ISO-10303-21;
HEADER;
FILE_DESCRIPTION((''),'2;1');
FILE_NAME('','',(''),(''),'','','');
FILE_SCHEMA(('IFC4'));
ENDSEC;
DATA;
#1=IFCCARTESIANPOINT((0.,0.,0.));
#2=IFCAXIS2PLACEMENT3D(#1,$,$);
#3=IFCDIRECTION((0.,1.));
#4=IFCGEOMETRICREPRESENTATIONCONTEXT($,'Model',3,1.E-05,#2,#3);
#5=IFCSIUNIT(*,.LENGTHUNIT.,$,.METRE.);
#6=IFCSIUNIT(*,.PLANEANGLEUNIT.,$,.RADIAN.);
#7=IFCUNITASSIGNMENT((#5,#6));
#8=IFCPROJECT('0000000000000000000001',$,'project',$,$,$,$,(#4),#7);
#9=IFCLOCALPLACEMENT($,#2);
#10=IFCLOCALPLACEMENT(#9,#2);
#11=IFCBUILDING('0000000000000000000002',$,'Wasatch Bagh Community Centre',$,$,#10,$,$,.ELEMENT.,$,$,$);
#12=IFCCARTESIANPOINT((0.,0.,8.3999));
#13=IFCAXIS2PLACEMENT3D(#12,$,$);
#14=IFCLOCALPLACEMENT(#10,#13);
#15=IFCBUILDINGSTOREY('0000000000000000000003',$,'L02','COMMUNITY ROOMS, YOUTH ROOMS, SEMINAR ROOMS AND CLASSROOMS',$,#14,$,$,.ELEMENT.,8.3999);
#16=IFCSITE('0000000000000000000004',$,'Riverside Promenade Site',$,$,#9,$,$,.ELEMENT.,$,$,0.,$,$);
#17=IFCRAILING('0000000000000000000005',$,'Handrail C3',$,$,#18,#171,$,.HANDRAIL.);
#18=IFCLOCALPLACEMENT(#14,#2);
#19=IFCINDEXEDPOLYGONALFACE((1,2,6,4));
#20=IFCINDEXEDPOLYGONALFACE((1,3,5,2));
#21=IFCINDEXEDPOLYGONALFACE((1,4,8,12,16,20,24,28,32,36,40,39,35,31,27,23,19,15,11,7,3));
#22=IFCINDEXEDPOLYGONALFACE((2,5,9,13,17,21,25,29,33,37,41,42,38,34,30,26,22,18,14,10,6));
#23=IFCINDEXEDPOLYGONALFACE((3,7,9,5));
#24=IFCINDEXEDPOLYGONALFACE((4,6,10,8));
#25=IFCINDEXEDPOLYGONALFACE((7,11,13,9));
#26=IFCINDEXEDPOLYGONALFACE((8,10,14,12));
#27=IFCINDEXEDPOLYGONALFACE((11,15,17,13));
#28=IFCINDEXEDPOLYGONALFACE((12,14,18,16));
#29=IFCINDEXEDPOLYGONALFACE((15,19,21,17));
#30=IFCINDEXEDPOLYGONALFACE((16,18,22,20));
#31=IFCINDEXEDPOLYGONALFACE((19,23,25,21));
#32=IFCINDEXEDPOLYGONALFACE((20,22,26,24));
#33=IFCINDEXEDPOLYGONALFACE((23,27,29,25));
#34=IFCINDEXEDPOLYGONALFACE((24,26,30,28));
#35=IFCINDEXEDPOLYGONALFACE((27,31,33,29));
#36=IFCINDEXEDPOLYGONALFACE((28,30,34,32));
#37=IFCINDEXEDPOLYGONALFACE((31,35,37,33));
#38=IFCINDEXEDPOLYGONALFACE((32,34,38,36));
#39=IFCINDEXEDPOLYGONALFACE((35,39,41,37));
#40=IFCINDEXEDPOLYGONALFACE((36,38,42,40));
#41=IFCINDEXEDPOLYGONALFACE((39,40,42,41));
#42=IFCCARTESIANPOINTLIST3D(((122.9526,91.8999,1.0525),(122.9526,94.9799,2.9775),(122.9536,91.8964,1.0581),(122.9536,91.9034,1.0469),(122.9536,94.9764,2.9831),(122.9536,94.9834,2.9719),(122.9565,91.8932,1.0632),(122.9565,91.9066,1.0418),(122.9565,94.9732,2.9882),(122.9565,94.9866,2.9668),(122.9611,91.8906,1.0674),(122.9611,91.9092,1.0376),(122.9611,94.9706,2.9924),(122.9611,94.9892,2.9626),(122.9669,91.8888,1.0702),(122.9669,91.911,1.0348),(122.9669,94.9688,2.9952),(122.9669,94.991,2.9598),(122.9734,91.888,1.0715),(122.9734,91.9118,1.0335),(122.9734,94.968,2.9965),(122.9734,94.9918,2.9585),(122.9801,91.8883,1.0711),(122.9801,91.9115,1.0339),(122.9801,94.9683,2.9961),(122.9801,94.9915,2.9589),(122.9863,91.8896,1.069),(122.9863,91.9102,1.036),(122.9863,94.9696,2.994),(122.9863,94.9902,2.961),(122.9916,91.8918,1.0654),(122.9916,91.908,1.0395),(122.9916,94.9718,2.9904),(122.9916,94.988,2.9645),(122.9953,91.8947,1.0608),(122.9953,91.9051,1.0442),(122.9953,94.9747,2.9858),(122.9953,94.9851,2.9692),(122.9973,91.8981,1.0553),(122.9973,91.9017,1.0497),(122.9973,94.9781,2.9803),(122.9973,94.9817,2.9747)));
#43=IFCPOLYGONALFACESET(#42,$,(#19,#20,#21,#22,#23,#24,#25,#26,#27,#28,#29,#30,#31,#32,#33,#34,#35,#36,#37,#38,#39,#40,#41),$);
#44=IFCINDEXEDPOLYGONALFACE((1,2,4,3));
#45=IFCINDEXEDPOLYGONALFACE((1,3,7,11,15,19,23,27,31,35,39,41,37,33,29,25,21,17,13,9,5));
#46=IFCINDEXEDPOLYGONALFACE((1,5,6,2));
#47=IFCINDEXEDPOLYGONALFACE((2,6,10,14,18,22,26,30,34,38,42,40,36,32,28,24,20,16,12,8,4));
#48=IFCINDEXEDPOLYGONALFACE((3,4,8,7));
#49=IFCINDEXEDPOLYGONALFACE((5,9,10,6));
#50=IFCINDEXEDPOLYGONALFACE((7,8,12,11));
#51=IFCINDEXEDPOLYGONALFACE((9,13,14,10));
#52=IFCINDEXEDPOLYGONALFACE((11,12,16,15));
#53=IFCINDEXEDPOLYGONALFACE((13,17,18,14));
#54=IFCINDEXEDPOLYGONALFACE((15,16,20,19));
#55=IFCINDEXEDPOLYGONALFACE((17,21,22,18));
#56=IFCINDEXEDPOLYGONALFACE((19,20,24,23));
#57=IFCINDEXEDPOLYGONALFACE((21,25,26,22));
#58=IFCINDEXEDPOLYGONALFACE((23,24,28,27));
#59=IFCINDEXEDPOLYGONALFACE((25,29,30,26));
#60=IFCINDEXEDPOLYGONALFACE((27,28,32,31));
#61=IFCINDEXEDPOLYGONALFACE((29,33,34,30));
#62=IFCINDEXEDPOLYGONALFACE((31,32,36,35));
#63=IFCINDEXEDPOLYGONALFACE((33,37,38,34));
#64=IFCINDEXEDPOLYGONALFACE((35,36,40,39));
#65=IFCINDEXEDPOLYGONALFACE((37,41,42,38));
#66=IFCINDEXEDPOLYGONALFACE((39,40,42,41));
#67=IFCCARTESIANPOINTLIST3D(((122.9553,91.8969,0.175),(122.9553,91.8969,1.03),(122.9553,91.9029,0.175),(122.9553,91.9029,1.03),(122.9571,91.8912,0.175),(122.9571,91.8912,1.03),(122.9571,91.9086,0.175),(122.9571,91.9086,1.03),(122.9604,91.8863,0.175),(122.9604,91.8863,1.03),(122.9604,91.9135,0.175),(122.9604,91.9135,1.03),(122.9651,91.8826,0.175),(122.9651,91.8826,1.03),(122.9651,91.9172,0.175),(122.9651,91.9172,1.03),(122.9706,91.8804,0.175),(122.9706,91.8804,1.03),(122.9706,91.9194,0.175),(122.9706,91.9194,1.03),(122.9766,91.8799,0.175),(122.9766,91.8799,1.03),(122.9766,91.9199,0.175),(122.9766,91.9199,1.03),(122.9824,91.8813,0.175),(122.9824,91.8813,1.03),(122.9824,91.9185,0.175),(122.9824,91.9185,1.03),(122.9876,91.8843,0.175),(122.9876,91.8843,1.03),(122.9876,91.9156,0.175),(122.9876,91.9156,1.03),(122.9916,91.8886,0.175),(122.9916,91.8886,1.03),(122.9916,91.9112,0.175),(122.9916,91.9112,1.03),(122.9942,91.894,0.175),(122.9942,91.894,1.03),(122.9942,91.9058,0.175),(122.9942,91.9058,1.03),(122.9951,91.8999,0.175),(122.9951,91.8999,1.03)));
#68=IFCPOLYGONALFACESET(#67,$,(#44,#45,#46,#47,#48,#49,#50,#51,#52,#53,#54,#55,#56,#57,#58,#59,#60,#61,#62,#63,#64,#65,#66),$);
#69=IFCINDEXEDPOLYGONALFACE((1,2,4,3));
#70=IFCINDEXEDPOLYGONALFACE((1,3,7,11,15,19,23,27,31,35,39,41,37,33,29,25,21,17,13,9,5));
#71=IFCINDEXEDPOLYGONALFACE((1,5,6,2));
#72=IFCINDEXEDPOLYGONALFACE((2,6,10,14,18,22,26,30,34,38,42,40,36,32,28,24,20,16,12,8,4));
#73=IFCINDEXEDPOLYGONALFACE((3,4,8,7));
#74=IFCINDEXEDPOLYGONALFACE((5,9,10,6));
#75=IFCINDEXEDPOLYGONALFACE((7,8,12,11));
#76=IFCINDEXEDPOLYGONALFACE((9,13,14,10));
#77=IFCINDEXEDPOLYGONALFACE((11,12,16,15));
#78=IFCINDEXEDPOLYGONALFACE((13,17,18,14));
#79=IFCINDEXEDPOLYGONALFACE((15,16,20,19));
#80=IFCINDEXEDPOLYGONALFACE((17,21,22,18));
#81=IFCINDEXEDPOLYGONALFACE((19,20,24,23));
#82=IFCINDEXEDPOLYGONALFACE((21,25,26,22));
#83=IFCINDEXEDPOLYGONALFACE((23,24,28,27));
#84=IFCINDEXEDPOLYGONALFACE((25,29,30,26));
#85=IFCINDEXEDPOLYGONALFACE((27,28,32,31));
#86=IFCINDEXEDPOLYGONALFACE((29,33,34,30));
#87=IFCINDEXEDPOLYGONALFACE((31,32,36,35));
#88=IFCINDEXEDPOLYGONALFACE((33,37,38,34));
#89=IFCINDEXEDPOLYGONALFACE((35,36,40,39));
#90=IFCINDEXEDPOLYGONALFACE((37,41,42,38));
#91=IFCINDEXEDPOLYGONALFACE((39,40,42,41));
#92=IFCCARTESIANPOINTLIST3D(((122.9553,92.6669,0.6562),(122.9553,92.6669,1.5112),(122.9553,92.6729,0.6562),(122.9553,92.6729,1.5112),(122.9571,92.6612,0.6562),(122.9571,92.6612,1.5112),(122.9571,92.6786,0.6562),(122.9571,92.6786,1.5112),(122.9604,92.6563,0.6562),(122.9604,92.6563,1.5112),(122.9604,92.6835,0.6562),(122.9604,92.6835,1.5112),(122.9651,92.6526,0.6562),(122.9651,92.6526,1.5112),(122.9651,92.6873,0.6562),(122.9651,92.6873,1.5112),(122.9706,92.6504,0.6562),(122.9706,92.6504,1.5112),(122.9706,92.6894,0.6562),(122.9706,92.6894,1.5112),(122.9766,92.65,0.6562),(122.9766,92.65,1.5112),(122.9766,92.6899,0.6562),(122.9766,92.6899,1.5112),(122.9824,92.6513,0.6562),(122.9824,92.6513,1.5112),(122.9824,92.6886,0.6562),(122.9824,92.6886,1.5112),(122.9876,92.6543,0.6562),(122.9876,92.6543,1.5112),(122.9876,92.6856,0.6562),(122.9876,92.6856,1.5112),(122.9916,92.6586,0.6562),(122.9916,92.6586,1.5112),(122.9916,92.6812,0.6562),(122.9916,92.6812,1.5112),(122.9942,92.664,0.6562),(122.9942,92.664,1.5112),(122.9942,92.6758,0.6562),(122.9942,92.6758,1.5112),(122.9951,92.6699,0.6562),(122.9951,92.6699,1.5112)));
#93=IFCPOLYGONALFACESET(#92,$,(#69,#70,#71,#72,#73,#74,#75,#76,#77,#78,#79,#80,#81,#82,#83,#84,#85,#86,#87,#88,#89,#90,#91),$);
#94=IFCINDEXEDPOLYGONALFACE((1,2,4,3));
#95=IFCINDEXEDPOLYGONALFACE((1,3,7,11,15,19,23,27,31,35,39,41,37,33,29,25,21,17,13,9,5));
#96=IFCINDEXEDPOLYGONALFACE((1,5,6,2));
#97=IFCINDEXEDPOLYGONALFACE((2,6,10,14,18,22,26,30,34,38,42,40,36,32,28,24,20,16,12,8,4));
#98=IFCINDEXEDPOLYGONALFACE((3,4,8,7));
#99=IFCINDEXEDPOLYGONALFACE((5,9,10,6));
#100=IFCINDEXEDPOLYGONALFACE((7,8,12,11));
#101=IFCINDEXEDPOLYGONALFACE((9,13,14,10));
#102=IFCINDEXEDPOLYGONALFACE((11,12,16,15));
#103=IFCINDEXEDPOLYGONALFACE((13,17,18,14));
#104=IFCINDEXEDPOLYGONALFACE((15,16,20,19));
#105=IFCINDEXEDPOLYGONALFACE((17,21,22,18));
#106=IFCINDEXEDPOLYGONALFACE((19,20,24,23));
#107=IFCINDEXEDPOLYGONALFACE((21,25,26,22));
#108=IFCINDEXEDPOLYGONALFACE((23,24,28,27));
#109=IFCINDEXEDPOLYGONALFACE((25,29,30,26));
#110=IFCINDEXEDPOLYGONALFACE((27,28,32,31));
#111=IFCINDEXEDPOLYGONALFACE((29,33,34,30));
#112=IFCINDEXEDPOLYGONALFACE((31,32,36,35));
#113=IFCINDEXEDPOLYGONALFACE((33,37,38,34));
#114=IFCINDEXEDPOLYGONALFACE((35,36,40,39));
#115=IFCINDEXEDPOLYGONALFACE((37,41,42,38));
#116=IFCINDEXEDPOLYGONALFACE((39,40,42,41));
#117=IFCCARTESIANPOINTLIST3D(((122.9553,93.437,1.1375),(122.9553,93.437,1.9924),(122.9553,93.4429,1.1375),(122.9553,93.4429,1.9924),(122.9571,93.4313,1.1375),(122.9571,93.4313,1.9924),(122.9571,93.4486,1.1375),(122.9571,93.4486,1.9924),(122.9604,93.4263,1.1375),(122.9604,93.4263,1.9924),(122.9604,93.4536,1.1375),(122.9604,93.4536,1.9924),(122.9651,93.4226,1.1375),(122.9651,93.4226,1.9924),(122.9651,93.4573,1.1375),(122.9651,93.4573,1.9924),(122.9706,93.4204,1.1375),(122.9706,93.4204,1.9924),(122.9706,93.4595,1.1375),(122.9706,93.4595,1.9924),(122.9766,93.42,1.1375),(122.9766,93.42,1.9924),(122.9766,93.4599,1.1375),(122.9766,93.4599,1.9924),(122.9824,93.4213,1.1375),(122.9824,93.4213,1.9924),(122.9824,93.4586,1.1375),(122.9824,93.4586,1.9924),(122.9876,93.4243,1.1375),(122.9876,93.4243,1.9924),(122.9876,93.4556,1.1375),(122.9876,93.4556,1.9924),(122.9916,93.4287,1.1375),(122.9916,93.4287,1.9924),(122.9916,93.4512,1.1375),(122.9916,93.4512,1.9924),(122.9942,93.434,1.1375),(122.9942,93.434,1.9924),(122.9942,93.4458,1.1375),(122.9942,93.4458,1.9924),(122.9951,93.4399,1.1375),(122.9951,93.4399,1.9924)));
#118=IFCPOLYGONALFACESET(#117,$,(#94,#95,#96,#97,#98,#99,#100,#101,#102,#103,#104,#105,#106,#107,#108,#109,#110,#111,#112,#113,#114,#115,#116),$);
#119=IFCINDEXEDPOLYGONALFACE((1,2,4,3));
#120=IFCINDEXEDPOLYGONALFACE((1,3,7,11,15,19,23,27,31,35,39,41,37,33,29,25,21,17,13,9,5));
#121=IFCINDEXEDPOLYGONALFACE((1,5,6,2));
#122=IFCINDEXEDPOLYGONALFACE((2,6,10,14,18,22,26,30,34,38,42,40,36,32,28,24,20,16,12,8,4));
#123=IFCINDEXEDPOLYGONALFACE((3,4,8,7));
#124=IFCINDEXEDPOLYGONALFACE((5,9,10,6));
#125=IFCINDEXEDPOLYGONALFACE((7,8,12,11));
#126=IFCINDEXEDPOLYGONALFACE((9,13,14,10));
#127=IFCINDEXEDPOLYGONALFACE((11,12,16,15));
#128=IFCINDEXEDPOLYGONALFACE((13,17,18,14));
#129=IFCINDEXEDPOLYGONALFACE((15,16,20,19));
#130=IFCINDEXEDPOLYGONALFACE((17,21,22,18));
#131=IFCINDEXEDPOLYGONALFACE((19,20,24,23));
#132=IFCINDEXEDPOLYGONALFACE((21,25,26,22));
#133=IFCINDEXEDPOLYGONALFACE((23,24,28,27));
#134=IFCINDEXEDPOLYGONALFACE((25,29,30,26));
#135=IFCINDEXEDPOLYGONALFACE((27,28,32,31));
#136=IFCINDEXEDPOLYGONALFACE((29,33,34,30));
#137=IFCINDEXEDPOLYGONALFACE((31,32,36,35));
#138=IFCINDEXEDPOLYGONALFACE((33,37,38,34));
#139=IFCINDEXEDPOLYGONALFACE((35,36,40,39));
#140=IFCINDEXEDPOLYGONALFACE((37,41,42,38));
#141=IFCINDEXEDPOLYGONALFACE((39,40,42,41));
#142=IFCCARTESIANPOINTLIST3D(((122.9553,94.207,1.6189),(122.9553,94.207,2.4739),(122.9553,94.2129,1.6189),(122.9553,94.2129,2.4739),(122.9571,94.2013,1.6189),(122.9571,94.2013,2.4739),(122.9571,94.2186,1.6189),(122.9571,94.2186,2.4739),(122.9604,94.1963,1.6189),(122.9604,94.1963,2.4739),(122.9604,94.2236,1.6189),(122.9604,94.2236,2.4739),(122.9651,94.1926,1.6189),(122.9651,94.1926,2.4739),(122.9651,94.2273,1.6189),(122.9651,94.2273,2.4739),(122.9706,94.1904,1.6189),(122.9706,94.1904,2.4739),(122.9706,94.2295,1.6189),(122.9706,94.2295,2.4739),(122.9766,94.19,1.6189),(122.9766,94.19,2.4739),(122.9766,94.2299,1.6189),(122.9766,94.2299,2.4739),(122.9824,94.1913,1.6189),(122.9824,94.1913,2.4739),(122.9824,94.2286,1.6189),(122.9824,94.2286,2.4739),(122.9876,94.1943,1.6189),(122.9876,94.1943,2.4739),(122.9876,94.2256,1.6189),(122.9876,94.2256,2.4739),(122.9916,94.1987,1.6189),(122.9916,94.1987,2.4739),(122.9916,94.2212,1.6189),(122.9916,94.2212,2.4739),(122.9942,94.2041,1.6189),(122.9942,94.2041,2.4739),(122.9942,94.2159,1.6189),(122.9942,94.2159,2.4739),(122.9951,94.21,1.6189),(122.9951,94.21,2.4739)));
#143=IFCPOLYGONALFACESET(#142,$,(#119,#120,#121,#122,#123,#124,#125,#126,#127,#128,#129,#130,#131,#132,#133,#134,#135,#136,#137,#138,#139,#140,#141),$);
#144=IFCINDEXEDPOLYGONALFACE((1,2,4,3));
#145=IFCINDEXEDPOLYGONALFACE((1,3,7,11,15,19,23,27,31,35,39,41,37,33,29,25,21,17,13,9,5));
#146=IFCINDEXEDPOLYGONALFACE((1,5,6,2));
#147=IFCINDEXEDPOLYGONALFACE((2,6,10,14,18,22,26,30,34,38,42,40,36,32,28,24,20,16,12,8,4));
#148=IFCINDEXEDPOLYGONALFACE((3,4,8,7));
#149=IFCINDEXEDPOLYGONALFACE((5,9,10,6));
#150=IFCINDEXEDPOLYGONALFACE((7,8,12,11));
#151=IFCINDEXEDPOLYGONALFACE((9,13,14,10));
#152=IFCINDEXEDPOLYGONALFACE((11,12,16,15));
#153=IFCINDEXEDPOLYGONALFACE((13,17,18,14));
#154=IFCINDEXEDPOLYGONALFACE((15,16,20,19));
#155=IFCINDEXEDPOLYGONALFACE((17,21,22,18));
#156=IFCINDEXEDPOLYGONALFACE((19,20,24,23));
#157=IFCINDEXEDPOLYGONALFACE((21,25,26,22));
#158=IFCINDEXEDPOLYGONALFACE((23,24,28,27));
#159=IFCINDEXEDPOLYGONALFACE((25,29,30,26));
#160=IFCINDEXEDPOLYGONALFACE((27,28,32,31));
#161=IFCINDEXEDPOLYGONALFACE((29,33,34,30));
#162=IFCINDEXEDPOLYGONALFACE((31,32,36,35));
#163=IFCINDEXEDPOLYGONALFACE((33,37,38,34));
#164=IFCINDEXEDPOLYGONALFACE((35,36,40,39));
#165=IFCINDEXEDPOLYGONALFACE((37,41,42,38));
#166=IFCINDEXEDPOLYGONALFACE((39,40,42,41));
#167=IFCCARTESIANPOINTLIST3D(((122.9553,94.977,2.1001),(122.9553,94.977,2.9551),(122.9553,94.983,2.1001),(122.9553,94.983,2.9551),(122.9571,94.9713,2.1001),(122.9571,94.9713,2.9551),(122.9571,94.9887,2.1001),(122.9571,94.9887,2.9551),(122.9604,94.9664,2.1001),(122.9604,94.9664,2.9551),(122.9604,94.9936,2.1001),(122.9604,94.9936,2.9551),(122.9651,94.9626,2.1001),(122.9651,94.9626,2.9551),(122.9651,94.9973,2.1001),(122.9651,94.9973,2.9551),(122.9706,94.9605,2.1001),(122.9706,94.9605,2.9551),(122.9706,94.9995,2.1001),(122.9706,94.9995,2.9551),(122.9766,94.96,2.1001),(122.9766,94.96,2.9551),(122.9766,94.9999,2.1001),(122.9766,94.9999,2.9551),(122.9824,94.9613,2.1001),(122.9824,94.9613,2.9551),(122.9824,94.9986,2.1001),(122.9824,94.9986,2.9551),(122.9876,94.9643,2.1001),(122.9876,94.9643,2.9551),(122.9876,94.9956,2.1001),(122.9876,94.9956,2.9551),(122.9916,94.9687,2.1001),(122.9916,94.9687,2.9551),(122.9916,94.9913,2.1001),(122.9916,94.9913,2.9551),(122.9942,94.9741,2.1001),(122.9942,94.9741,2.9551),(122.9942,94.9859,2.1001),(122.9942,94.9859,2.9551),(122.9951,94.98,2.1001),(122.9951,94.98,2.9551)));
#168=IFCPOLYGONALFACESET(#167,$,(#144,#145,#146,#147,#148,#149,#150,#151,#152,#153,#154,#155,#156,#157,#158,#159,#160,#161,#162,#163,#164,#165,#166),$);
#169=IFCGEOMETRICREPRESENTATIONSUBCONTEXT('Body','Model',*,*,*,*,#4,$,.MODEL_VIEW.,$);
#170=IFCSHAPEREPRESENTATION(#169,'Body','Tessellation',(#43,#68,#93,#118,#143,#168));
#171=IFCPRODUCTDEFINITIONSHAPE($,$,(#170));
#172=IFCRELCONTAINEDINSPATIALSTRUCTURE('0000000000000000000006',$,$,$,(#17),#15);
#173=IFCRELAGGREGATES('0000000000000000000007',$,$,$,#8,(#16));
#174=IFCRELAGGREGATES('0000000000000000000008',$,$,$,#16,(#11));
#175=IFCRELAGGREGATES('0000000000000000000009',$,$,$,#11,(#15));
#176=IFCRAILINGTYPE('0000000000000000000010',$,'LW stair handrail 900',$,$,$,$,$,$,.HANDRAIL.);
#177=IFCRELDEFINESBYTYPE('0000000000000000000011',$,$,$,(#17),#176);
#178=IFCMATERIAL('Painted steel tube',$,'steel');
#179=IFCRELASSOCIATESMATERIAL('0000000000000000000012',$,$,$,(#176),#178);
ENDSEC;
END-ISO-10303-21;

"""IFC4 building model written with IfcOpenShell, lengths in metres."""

from ifc_helpers import new_model, si_unit, direction, frame, origin, origin_2d, place, context, subcontext, project, spatial, circle, extrude, material, type_object, element, save


model = new_model("IFC4")

# Units and contexts
model_context = context("Model", 3, precision=1e-05, world=origin(), true_north=direction((0.0, 1.0)))
body_context = subcontext(model_context, "Body", "Model", "MODEL_VIEW")
ifc_project = project(units=[si_unit("LENGTHUNIT", "METRE"), si_unit("PLANEANGLEUNIT", "RADIAN")], contexts=[model_context])

# Site, building, storey
site_placement = place(None, origin())
site = spatial("IfcSite", under=ifc_project, at=site_placement, Name="Riverside Promenade Site", CompositionType="ELEMENT", RefElevation=0.0)
building_placement = place(site_placement, origin())
building = spatial("IfcBuilding", under=site, at=building_placement, Name="Wasatch Bagh Community Centre", CompositionType="ELEMENT")
storey_placement = place(building_placement, frame((0.0, 0.0, 8.3999)))
storey = spatial("IfcBuildingStorey", under=building, at=storey_placement, Name="L02", Description="COMMUNITY ROOMS, YOUTH ROOMS, SEMINAR ROOMS AND CLASSROOMS", CompositionType="ELEMENT", Elevation=8.3999)

# Railing
ifc_material_1 = material(Name="Painted steel tube", Category="steel")
railing_type_1 = type_object("IfcRailingType", Name="LW stair handrail 900", PredefinedType="HANDRAIL", material=ifc_material_1)
for number, where, name in (
    (1, (122.9751, 91.8999, 0.175), "Handrail C3"),
):
    element("IfcRailing", number, at=place(storey_placement, frame(where)), inside=storey, type_object=railing_type_1, Name=name, PredefinedType="HANDRAIL", context=body_context, shape_type="SweptSolid", body=[
        extrude(circle(Radius=0.0225, at=origin_2d()), frame((0.0, 0.0, 0.8774), z_axis=(0.0, 0.847998, 0.529999), x_axis=(-1.0, 0.0, 0.0)), (0.0, 0.0, 1.0), 3.6321),
        extrude(circle(Radius=0.02, at=origin_2d()), origin(), (0.0, 0.0, 1.0), 0.855),
        extrude(circle(Radius=0.02, at=origin_2d()), frame((0.0, 0.77, 0.4812)), (0.0, 0.0, 1.0), 0.855),
        extrude(circle(Radius=0.02, at=origin_2d()), frame((0.0, 1.54, 0.9624)), (0.0, 0.0, 1.0), 0.855),
        extrude(circle(Radius=0.02, at=origin_2d()), frame((0.0, 2.3101, 1.4438)), (0.0, 0.0, 1.0), 0.855),
        extrude(circle(Radius=0.02, at=origin_2d()), frame((0.0, 3.0801, 1.925)), (0.0, 0.0, 1.0), 0.855),
    ])

save(model, "model.ifc")
